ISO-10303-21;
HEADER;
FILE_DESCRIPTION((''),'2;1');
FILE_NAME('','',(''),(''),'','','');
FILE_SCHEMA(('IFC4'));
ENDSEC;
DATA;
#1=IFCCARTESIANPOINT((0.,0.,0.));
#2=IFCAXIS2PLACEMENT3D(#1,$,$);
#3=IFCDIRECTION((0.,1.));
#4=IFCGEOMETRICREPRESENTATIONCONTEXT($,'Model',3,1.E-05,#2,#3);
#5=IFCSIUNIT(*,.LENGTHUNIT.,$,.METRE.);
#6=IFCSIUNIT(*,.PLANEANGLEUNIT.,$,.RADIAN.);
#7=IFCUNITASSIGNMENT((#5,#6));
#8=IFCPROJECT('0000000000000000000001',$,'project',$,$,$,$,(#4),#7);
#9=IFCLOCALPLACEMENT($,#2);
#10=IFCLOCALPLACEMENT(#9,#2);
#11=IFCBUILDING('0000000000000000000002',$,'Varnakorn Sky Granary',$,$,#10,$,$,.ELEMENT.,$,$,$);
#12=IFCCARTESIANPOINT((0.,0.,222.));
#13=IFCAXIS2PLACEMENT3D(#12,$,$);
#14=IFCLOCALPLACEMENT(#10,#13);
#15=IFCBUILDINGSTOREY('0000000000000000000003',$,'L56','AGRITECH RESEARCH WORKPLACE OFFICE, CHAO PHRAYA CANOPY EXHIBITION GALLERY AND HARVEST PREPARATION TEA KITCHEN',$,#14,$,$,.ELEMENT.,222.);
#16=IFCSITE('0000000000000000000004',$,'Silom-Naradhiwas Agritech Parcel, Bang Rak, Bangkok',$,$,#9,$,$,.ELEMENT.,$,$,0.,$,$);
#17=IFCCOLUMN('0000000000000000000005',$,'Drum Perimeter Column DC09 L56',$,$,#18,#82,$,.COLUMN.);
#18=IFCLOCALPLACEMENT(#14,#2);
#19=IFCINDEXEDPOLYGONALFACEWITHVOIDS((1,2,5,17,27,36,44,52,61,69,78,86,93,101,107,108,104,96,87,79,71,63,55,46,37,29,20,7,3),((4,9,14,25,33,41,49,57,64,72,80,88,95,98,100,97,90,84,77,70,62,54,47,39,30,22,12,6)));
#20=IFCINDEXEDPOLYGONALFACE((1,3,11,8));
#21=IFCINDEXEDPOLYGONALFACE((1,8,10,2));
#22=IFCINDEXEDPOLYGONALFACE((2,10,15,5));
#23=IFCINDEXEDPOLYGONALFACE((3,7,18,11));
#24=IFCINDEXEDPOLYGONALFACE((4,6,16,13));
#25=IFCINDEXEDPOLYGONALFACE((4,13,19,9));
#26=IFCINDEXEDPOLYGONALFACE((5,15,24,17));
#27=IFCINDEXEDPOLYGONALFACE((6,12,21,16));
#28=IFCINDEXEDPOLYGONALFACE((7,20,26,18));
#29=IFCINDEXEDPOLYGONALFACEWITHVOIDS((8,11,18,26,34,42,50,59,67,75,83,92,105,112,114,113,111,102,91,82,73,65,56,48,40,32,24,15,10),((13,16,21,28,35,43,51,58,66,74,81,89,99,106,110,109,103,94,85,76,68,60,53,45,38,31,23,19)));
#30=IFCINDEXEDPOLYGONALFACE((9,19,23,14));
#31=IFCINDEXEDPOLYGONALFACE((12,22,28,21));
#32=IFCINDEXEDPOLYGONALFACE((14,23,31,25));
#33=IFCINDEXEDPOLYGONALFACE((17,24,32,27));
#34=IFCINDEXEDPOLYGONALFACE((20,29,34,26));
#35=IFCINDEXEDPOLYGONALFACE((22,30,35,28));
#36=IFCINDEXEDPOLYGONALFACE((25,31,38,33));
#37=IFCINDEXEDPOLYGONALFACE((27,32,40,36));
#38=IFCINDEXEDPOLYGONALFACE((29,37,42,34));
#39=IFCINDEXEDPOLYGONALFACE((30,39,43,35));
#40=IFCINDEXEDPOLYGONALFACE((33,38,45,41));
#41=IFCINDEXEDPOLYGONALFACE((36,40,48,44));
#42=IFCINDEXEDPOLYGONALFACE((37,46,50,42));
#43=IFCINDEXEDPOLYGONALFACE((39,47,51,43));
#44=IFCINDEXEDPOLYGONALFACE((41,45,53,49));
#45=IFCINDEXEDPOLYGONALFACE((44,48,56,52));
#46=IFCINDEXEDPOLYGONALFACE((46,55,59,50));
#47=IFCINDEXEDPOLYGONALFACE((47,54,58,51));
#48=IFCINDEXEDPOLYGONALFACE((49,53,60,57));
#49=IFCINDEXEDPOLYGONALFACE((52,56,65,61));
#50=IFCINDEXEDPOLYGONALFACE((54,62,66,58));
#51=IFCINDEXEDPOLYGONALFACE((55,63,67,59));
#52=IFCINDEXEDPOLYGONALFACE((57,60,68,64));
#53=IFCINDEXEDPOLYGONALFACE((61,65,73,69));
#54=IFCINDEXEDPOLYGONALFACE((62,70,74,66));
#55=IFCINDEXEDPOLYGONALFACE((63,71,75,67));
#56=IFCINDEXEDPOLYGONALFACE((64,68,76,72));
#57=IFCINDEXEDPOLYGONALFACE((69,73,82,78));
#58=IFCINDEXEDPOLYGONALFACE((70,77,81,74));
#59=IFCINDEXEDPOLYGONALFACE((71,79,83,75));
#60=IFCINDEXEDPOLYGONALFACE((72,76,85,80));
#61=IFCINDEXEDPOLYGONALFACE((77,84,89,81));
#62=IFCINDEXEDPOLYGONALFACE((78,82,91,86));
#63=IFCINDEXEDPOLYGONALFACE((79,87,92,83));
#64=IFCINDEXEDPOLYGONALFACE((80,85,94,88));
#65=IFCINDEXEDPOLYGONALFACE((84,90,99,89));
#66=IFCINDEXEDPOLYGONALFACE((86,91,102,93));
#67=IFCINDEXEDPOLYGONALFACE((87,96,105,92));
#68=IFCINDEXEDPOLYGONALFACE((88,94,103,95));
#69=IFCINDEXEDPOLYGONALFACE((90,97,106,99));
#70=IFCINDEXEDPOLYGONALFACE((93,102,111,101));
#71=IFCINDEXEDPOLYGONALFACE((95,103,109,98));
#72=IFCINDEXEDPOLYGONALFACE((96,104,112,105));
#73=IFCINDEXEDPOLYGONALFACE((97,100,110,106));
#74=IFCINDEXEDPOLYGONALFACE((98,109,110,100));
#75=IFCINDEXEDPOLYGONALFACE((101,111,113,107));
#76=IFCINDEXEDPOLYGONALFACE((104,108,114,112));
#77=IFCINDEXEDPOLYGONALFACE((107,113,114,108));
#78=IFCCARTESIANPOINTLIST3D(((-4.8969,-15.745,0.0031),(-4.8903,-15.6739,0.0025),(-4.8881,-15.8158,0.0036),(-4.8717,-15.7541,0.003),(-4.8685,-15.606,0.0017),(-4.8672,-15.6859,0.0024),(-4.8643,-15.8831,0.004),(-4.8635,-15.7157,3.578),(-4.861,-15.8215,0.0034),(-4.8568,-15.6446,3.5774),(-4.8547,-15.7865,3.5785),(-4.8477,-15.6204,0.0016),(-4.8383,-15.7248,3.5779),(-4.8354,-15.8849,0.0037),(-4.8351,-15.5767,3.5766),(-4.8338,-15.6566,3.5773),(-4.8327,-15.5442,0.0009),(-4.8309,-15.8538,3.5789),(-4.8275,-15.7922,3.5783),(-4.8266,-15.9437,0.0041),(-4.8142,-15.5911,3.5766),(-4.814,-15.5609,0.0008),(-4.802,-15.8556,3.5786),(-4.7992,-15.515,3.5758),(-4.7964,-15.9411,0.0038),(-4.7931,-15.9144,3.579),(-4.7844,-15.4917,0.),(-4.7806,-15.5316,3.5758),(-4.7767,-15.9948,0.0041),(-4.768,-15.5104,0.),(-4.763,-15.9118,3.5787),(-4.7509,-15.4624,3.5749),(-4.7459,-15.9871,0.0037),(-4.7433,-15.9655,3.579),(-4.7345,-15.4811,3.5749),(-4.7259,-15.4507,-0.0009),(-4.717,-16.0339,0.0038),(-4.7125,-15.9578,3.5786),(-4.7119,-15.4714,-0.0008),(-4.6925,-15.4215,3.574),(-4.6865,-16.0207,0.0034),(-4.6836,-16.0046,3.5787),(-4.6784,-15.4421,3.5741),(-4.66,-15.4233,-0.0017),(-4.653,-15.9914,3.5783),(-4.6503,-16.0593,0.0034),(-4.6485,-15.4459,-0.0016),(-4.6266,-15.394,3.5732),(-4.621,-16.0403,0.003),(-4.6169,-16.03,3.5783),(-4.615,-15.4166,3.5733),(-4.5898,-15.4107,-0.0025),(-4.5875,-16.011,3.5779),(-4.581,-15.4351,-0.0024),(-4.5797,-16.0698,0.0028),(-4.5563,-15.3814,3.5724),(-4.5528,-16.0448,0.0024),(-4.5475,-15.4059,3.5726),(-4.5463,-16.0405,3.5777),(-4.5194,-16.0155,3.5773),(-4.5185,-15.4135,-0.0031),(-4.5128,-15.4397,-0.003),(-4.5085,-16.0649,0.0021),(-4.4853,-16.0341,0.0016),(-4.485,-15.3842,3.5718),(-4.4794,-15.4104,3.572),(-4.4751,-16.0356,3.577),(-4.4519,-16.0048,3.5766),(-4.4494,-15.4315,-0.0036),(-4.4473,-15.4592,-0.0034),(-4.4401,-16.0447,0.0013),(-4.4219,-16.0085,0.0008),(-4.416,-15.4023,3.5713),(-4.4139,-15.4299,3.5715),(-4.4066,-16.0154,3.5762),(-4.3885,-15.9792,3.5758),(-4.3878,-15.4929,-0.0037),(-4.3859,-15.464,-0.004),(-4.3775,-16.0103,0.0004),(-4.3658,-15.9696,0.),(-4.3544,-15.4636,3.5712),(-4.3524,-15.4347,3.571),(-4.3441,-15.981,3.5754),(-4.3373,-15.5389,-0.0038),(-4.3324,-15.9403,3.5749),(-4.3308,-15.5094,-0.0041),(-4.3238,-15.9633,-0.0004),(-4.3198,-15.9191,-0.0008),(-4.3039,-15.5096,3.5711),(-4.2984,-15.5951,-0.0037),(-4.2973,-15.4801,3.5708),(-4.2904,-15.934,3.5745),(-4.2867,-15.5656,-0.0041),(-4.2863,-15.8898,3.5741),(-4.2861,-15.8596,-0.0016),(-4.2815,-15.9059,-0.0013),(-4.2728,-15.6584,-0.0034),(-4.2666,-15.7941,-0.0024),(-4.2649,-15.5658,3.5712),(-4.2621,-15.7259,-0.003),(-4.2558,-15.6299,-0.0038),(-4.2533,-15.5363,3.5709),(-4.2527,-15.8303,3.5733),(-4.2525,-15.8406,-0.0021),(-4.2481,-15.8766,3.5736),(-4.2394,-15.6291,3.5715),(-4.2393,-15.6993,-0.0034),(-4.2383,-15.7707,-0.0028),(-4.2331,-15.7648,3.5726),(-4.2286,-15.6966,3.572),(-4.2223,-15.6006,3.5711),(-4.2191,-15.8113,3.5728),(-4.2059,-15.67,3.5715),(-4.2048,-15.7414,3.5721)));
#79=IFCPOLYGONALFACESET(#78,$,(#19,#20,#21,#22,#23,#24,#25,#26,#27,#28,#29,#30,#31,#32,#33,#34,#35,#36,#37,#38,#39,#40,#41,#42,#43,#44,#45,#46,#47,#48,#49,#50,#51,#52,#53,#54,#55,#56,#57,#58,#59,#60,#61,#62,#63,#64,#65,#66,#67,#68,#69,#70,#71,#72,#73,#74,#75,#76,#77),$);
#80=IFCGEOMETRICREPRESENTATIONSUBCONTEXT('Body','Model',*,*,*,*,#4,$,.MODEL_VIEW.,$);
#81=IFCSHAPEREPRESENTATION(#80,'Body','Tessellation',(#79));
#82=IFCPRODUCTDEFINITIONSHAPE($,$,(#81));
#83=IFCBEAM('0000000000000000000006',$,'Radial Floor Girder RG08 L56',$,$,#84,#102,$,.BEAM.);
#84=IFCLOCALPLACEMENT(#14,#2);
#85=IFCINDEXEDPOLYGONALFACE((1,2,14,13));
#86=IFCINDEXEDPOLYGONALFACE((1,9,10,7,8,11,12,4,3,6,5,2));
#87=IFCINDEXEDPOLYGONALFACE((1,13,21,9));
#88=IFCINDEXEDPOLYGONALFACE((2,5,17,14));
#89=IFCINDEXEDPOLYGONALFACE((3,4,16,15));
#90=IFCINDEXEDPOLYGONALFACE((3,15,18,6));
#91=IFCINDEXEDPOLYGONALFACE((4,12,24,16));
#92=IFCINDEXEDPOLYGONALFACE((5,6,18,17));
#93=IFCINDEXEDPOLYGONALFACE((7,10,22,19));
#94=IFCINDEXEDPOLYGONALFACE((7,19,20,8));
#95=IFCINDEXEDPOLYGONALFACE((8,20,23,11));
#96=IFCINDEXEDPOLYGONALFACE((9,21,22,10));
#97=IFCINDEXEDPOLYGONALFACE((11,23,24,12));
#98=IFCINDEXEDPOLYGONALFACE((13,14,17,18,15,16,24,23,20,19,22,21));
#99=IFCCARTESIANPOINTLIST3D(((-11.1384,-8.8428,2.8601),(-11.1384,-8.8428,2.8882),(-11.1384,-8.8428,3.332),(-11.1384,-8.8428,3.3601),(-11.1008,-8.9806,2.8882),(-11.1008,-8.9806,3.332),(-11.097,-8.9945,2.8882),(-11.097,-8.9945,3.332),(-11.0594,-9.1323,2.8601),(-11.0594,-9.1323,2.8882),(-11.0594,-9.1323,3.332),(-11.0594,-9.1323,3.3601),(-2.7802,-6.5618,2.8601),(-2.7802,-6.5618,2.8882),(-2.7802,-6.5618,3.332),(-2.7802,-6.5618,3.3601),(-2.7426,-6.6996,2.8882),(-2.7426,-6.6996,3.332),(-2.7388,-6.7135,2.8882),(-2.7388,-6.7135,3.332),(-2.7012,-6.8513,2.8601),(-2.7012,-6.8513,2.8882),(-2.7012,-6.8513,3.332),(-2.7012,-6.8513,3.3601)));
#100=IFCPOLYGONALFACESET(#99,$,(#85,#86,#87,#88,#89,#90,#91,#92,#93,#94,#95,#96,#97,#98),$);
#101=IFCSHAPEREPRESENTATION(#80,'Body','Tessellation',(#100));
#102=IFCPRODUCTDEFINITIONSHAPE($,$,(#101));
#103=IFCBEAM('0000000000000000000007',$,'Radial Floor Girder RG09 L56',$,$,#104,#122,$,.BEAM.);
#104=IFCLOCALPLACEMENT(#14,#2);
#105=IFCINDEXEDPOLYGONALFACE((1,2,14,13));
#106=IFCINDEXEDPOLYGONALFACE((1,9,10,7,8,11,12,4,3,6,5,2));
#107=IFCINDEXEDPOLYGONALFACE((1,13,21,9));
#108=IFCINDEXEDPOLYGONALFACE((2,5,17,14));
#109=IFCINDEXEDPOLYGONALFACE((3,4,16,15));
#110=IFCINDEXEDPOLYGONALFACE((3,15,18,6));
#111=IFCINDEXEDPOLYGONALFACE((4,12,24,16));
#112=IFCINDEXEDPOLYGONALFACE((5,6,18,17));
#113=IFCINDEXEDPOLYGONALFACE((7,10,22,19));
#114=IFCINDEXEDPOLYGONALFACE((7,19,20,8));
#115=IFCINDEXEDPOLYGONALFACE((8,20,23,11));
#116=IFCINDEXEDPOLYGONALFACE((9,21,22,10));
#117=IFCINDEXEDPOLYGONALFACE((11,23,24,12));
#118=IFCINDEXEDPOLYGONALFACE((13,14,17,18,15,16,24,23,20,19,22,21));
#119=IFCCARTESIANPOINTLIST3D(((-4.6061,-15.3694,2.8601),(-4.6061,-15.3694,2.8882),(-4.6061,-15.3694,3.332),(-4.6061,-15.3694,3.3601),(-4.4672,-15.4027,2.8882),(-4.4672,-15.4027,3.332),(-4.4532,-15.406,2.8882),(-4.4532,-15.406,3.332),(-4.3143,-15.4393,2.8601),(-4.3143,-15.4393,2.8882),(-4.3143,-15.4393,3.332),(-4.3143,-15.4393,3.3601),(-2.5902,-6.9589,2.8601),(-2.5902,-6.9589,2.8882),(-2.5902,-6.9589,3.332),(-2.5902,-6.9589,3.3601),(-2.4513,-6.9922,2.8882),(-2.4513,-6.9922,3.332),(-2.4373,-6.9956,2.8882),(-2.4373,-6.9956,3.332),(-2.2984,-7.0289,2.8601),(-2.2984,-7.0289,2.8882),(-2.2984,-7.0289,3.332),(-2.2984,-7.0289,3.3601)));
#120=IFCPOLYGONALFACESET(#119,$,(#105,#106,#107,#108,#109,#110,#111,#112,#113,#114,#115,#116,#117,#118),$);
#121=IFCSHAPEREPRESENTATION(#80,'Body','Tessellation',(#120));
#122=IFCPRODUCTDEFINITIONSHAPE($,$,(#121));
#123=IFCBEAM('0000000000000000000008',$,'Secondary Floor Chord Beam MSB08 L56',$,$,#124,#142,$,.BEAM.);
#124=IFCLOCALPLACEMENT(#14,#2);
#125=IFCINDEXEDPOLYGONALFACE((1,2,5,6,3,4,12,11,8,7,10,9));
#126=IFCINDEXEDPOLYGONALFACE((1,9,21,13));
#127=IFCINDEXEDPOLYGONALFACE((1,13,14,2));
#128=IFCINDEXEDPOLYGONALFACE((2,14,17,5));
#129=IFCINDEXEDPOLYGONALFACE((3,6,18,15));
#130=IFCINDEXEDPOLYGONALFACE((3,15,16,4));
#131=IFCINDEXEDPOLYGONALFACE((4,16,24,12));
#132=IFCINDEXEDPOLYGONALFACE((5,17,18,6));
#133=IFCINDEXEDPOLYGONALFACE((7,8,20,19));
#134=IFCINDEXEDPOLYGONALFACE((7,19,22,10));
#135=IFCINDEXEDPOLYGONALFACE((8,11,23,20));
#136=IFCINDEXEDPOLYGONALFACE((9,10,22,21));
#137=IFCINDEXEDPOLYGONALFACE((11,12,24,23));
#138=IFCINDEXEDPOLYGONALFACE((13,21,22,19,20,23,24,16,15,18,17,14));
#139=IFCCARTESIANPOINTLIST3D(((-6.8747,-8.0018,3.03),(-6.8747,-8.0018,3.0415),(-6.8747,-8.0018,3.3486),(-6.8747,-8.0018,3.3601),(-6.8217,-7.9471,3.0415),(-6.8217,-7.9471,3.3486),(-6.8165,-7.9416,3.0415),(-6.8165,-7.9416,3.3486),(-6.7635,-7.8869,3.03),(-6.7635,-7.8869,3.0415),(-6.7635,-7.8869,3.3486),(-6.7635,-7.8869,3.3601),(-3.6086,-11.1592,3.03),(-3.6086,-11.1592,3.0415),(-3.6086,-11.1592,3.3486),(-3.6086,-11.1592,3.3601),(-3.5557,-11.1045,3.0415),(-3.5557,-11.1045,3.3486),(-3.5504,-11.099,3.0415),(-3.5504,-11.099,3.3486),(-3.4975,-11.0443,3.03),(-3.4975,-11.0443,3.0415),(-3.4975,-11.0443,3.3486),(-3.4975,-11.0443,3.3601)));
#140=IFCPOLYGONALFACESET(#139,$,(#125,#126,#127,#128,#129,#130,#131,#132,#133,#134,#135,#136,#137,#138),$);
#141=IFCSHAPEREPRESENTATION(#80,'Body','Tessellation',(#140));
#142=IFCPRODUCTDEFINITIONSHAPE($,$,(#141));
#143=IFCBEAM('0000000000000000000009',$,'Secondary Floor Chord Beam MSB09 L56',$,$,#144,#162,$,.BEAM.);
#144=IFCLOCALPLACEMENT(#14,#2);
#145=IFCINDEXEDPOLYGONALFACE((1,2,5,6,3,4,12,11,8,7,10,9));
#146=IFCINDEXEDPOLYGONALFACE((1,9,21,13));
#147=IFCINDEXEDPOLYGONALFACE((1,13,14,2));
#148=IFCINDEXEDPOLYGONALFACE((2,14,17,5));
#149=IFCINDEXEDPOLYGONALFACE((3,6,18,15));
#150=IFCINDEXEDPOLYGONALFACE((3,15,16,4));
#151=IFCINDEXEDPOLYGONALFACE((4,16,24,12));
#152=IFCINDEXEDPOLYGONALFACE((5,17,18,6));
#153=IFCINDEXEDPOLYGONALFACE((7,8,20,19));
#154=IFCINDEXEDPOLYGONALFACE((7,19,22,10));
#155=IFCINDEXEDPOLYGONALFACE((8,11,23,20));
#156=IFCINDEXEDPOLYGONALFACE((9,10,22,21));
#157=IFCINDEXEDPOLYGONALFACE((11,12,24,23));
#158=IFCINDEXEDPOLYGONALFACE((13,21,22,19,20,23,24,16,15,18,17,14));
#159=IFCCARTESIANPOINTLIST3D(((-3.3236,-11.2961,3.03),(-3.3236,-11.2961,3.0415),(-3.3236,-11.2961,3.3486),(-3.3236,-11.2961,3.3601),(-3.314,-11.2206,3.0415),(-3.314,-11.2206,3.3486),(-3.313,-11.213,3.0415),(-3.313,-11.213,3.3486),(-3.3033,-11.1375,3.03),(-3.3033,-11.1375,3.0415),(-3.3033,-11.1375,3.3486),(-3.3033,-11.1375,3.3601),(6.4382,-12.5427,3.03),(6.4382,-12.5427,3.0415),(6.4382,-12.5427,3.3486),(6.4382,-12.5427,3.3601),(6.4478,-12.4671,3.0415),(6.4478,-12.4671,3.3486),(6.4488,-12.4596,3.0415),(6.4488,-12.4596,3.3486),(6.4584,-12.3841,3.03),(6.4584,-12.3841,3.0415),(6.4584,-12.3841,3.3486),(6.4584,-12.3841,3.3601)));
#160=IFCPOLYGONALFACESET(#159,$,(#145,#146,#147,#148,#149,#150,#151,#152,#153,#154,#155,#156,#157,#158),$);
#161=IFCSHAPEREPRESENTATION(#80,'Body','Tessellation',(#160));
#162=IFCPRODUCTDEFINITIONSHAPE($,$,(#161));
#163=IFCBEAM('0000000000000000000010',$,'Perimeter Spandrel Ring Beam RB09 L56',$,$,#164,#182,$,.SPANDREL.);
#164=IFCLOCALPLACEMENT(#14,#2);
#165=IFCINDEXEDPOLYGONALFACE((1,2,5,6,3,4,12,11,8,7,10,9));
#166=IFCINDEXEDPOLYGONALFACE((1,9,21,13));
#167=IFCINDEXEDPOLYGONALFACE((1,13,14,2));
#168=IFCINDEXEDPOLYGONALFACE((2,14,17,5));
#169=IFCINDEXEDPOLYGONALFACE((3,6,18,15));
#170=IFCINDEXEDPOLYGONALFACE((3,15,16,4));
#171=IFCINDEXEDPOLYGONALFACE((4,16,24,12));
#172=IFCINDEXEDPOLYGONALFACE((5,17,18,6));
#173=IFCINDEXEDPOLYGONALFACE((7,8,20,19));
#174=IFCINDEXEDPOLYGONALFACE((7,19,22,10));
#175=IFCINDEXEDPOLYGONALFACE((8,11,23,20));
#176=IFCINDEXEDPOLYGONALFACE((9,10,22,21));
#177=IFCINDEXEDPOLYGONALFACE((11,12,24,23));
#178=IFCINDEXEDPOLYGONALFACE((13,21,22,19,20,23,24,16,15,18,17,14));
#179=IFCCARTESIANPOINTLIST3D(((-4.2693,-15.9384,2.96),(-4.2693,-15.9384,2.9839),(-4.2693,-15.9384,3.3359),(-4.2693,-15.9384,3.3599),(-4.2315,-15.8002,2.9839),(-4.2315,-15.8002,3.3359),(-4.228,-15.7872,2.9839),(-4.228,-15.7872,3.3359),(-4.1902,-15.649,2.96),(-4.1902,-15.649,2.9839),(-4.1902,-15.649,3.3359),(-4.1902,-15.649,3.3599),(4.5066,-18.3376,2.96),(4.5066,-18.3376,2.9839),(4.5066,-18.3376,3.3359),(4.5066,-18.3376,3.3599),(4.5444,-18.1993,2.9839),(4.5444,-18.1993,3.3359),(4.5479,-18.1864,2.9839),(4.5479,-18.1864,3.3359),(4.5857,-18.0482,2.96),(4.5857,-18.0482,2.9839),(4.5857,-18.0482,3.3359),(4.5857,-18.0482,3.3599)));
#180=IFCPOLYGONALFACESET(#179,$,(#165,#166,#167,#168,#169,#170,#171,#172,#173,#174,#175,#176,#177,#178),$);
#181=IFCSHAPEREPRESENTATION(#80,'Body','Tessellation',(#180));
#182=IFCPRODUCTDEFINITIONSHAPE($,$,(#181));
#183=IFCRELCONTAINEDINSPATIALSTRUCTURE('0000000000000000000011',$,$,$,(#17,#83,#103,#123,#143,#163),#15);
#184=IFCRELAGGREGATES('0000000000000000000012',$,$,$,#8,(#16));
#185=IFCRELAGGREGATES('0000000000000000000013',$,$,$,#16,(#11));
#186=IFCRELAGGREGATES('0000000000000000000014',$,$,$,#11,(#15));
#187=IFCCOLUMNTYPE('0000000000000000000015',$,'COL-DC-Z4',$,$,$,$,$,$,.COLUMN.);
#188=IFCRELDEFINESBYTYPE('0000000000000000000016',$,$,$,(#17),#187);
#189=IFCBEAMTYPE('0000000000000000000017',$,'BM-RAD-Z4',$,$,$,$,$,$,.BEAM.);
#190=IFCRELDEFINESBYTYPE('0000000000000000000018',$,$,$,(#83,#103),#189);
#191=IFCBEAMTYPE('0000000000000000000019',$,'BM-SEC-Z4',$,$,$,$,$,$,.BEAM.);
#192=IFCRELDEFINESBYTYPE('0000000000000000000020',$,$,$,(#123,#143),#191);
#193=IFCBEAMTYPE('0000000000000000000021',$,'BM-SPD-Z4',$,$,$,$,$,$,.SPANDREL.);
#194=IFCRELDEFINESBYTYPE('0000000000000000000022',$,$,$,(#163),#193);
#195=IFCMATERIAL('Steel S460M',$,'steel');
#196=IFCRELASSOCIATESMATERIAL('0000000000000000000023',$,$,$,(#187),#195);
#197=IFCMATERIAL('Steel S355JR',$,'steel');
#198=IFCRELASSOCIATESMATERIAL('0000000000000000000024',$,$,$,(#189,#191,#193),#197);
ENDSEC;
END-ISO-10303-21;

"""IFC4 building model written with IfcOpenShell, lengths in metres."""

from ifc_helpers import new_model, si_unit, direction, frame, origin, origin_2d, place, context, subcontext, project, spatial, hollow_circle, i_section, extrude, material, material_profile, profile_set, type_object, element, save


model = new_model("IFC4")

# Units and contexts
model_context = context("Model", 3, precision=1e-05, world=origin(), true_north=direction((0.0, 1.0)))
body_context = subcontext(model_context, "Body", "Model", "MODEL_VIEW")
ifc_project = project(units=[si_unit("LENGTHUNIT", "METRE"), si_unit("PLANEANGLEUNIT", "RADIAN")], contexts=[model_context])

# Site, building, storey
site_placement = place(None, origin())
site = spatial("IfcSite", under=ifc_project, at=site_placement, Name="Silom-Naradhiwas Agritech Parcel, Bang Rak, Bangkok", CompositionType="ELEMENT", RefElevation=0.0)
building_placement = place(site_placement, origin())
building = spatial("IfcBuilding", under=site, at=building_placement, Name="Varnakorn Sky Granary", CompositionType="ELEMENT")
storey_placement = place(building_placement, frame((0.0, 0.0, 222.0)))
storey = spatial("IfcBuildingStorey", under=building, at=storey_placement, Name="L56", Description="AGRITECH RESEARCH WORKPLACE OFFICE, CHAO PHRAYA CANOPY EXHIBITION GALLERY AND HARVEST PREPARATION TEA KITCHEN", CompositionType="ELEMENT", Elevation=222.0)

# Column
ifc_material_1 = material(Name="Steel S460M", Category="steel")
ifc_material_profile_1 = material_profile(ifc_material_1, hollow_circle(Radius=0.3301, WallThickness=0.0249, at=origin_2d()), Name="CHS 660x25")
ifc_profile_set_1 = profile_set([ifc_material_profile_1], Name="Steel S460M")
column_type = type_object("IfcColumnType", Name="COL-DC-Z4", PredefinedType="COLUMN", material=ifc_profile_set_1)
column_placement = place(storey_placement, frame((-4.5669, -15.74, 0.0), z_axis=(0.009355, 0.008194, 0.999923), x_axis=(-0.658893, 0.752236, 0.0)))
element("IfcColumn", 1, at=column_placement, inside=storey, type_object=column_type, Name="Drum Perimeter Column DC09 L56", PredefinedType="COLUMN", context=body_context, shape_type="SweptSolid", body=[
    extrude(hollow_circle(Radius=0.3301, WallThickness=0.0249, at=origin_2d()), origin(), (0.0, 0.0, 1.0), 3.5752),
])

# Beams
ifc_material_2 = material(Name="Steel S355JR", Category="steel")
ifc_material_profile_2 = material_profile(ifc_material_2, i_section(OverallWidth=0.3, OverallDepth=0.5, WebThickness=0.0144, FlangeThickness=0.0281, at=origin_2d()), Name="HE 500 B")
ifc_profile_set_2 = profile_set([ifc_material_profile_2], Name="Steel S355JR")
beam_type_1 = type_object("IfcBeamType", Name="BM-RAD-Z4", PredefinedType="BEAM", material=ifc_profile_set_2)
beam_1_placement = place(storey_placement, frame((-2.7407, -6.7065, 3.1101), z_axis=(-0.96472, -0.26328, 0.0), x_axis=(0.26328, -0.96472, 0.0)))
element("IfcBeam", 2, at=beam_1_placement, inside=storey, type_object=beam_type_1, Name="Radial Floor Girder RG08 L56", PredefinedType="BEAM", context=body_context, shape_type="SweptSolid", body=[
    extrude(i_section(OverallWidth=0.3, OverallDepth=0.5, WebThickness=0.0144, FlangeThickness=0.0281, at=origin_2d()), origin(), (0.0, 0.0, 1.0), 8.6638),
])
beam_2_placement = place(storey_placement, frame((-2.4443, -6.9939, 3.1101), z_axis=(-0.233086, -0.972456, 0.0), x_axis=(0.972456, -0.233086, 0.0)))
element("IfcBeam", 3, at=beam_2_placement, inside=storey, type_object=beam_type_1, Name="Radial Floor Girder RG09 L56", PredefinedType="BEAM", context=body_context, shape_type="SweptSolid", body=[
    extrude(i_section(OverallWidth=0.3, OverallDepth=0.5, WebThickness=0.0144, FlangeThickness=0.0281, at=origin_2d()), origin(), (0.0, 0.0, 1.0), 8.6487),
])
ifc_material_profile_3 = material_profile(ifc_material_2, i_section(OverallWidth=0.1599, OverallDepth=0.3301, WebThickness=0.0076, FlangeThickness=0.0115, at=origin_2d()), Name="IPE 330")
ifc_profile_set_3 = profile_set([ifc_material_profile_3], Name="Steel S355JR")
beam_type_2 = type_object("IfcBeamType", Name="BM-SEC-Z4", PredefinedType="BEAM", material=ifc_profile_set_3)
beam_3_placement = place(storey_placement, frame((-6.8191, -7.9443, 3.1951), z_axis=(0.718963, -0.695048, 0.0), x_axis=(0.695048, 0.718963, 0.0)))
element("IfcBeam", 4, at=beam_3_placement, inside=storey, type_object=beam_type_2, Name="Secondary Floor Chord Beam MSB08 L56", PredefinedType="BEAM", context=body_context, shape_type="SweptSolid", body=[
    extrude(i_section(OverallWidth=0.1599, OverallDepth=0.3301, WebThickness=0.0076, FlangeThickness=0.0115, at=origin_2d()), origin(), (0.0, 0.0, 1.0), 4.5427),
])
beam_4_placement = place(storey_placement, frame((-3.3135, -11.2168, 3.1951), z_axis=(0.991945, -0.126672, 0.0), x_axis=(0.126672, 0.991945, 0.0)))
element("IfcBeam", 5, at=beam_4_placement, inside=storey, type_object=beam_type_2, Name="Secondary Floor Chord Beam MSB09 L56", PredefinedType="BEAM", context=body_context, shape_type="SweptSolid", body=[
    extrude(i_section(OverallWidth=0.1599, OverallDepth=0.3301, WebThickness=0.0076, FlangeThickness=0.0115, at=origin_2d()), origin(), (0.0, 0.0, 1.0), 9.8411),
])
ifc_material_profile_4 = material_profile(ifc_material_2, i_section(OverallWidth=0.3, OverallDepth=0.3999, WebThickness=0.0134, FlangeThickness=0.0239, at=origin_2d()), Name="HE 400 B")
ifc_profile_set_4 = profile_set([ifc_material_profile_4], Name="Steel S355JR")
beam_type_3 = type_object("IfcBeamType", Name="BM-SPD-Z4", PredefinedType="SPANDREL", material=ifc_profile_set_4)
beam_5_placement = place(storey_placement, frame((-4.2297, -15.7937, 3.1599), z_axis=(0.964603, -0.263705, 0.0), x_axis=(0.263705, 0.964603, 0.0)))
element("IfcBeam", 6, at=beam_5_placement, inside=storey, type_object=beam_type_3, Name="Perimeter Spandrel Ring Beam RB09 L56", PredefinedType="SPANDREL", context=body_context, shape_type="SweptSolid", body=[
    extrude(i_section(OverallWidth=0.3, OverallDepth=0.3999, WebThickness=0.0134, FlangeThickness=0.0239, at=origin_2d()), origin(), (0.0, 0.0, 1.0), 9.0979),
])

save(model, "model.ifc")
